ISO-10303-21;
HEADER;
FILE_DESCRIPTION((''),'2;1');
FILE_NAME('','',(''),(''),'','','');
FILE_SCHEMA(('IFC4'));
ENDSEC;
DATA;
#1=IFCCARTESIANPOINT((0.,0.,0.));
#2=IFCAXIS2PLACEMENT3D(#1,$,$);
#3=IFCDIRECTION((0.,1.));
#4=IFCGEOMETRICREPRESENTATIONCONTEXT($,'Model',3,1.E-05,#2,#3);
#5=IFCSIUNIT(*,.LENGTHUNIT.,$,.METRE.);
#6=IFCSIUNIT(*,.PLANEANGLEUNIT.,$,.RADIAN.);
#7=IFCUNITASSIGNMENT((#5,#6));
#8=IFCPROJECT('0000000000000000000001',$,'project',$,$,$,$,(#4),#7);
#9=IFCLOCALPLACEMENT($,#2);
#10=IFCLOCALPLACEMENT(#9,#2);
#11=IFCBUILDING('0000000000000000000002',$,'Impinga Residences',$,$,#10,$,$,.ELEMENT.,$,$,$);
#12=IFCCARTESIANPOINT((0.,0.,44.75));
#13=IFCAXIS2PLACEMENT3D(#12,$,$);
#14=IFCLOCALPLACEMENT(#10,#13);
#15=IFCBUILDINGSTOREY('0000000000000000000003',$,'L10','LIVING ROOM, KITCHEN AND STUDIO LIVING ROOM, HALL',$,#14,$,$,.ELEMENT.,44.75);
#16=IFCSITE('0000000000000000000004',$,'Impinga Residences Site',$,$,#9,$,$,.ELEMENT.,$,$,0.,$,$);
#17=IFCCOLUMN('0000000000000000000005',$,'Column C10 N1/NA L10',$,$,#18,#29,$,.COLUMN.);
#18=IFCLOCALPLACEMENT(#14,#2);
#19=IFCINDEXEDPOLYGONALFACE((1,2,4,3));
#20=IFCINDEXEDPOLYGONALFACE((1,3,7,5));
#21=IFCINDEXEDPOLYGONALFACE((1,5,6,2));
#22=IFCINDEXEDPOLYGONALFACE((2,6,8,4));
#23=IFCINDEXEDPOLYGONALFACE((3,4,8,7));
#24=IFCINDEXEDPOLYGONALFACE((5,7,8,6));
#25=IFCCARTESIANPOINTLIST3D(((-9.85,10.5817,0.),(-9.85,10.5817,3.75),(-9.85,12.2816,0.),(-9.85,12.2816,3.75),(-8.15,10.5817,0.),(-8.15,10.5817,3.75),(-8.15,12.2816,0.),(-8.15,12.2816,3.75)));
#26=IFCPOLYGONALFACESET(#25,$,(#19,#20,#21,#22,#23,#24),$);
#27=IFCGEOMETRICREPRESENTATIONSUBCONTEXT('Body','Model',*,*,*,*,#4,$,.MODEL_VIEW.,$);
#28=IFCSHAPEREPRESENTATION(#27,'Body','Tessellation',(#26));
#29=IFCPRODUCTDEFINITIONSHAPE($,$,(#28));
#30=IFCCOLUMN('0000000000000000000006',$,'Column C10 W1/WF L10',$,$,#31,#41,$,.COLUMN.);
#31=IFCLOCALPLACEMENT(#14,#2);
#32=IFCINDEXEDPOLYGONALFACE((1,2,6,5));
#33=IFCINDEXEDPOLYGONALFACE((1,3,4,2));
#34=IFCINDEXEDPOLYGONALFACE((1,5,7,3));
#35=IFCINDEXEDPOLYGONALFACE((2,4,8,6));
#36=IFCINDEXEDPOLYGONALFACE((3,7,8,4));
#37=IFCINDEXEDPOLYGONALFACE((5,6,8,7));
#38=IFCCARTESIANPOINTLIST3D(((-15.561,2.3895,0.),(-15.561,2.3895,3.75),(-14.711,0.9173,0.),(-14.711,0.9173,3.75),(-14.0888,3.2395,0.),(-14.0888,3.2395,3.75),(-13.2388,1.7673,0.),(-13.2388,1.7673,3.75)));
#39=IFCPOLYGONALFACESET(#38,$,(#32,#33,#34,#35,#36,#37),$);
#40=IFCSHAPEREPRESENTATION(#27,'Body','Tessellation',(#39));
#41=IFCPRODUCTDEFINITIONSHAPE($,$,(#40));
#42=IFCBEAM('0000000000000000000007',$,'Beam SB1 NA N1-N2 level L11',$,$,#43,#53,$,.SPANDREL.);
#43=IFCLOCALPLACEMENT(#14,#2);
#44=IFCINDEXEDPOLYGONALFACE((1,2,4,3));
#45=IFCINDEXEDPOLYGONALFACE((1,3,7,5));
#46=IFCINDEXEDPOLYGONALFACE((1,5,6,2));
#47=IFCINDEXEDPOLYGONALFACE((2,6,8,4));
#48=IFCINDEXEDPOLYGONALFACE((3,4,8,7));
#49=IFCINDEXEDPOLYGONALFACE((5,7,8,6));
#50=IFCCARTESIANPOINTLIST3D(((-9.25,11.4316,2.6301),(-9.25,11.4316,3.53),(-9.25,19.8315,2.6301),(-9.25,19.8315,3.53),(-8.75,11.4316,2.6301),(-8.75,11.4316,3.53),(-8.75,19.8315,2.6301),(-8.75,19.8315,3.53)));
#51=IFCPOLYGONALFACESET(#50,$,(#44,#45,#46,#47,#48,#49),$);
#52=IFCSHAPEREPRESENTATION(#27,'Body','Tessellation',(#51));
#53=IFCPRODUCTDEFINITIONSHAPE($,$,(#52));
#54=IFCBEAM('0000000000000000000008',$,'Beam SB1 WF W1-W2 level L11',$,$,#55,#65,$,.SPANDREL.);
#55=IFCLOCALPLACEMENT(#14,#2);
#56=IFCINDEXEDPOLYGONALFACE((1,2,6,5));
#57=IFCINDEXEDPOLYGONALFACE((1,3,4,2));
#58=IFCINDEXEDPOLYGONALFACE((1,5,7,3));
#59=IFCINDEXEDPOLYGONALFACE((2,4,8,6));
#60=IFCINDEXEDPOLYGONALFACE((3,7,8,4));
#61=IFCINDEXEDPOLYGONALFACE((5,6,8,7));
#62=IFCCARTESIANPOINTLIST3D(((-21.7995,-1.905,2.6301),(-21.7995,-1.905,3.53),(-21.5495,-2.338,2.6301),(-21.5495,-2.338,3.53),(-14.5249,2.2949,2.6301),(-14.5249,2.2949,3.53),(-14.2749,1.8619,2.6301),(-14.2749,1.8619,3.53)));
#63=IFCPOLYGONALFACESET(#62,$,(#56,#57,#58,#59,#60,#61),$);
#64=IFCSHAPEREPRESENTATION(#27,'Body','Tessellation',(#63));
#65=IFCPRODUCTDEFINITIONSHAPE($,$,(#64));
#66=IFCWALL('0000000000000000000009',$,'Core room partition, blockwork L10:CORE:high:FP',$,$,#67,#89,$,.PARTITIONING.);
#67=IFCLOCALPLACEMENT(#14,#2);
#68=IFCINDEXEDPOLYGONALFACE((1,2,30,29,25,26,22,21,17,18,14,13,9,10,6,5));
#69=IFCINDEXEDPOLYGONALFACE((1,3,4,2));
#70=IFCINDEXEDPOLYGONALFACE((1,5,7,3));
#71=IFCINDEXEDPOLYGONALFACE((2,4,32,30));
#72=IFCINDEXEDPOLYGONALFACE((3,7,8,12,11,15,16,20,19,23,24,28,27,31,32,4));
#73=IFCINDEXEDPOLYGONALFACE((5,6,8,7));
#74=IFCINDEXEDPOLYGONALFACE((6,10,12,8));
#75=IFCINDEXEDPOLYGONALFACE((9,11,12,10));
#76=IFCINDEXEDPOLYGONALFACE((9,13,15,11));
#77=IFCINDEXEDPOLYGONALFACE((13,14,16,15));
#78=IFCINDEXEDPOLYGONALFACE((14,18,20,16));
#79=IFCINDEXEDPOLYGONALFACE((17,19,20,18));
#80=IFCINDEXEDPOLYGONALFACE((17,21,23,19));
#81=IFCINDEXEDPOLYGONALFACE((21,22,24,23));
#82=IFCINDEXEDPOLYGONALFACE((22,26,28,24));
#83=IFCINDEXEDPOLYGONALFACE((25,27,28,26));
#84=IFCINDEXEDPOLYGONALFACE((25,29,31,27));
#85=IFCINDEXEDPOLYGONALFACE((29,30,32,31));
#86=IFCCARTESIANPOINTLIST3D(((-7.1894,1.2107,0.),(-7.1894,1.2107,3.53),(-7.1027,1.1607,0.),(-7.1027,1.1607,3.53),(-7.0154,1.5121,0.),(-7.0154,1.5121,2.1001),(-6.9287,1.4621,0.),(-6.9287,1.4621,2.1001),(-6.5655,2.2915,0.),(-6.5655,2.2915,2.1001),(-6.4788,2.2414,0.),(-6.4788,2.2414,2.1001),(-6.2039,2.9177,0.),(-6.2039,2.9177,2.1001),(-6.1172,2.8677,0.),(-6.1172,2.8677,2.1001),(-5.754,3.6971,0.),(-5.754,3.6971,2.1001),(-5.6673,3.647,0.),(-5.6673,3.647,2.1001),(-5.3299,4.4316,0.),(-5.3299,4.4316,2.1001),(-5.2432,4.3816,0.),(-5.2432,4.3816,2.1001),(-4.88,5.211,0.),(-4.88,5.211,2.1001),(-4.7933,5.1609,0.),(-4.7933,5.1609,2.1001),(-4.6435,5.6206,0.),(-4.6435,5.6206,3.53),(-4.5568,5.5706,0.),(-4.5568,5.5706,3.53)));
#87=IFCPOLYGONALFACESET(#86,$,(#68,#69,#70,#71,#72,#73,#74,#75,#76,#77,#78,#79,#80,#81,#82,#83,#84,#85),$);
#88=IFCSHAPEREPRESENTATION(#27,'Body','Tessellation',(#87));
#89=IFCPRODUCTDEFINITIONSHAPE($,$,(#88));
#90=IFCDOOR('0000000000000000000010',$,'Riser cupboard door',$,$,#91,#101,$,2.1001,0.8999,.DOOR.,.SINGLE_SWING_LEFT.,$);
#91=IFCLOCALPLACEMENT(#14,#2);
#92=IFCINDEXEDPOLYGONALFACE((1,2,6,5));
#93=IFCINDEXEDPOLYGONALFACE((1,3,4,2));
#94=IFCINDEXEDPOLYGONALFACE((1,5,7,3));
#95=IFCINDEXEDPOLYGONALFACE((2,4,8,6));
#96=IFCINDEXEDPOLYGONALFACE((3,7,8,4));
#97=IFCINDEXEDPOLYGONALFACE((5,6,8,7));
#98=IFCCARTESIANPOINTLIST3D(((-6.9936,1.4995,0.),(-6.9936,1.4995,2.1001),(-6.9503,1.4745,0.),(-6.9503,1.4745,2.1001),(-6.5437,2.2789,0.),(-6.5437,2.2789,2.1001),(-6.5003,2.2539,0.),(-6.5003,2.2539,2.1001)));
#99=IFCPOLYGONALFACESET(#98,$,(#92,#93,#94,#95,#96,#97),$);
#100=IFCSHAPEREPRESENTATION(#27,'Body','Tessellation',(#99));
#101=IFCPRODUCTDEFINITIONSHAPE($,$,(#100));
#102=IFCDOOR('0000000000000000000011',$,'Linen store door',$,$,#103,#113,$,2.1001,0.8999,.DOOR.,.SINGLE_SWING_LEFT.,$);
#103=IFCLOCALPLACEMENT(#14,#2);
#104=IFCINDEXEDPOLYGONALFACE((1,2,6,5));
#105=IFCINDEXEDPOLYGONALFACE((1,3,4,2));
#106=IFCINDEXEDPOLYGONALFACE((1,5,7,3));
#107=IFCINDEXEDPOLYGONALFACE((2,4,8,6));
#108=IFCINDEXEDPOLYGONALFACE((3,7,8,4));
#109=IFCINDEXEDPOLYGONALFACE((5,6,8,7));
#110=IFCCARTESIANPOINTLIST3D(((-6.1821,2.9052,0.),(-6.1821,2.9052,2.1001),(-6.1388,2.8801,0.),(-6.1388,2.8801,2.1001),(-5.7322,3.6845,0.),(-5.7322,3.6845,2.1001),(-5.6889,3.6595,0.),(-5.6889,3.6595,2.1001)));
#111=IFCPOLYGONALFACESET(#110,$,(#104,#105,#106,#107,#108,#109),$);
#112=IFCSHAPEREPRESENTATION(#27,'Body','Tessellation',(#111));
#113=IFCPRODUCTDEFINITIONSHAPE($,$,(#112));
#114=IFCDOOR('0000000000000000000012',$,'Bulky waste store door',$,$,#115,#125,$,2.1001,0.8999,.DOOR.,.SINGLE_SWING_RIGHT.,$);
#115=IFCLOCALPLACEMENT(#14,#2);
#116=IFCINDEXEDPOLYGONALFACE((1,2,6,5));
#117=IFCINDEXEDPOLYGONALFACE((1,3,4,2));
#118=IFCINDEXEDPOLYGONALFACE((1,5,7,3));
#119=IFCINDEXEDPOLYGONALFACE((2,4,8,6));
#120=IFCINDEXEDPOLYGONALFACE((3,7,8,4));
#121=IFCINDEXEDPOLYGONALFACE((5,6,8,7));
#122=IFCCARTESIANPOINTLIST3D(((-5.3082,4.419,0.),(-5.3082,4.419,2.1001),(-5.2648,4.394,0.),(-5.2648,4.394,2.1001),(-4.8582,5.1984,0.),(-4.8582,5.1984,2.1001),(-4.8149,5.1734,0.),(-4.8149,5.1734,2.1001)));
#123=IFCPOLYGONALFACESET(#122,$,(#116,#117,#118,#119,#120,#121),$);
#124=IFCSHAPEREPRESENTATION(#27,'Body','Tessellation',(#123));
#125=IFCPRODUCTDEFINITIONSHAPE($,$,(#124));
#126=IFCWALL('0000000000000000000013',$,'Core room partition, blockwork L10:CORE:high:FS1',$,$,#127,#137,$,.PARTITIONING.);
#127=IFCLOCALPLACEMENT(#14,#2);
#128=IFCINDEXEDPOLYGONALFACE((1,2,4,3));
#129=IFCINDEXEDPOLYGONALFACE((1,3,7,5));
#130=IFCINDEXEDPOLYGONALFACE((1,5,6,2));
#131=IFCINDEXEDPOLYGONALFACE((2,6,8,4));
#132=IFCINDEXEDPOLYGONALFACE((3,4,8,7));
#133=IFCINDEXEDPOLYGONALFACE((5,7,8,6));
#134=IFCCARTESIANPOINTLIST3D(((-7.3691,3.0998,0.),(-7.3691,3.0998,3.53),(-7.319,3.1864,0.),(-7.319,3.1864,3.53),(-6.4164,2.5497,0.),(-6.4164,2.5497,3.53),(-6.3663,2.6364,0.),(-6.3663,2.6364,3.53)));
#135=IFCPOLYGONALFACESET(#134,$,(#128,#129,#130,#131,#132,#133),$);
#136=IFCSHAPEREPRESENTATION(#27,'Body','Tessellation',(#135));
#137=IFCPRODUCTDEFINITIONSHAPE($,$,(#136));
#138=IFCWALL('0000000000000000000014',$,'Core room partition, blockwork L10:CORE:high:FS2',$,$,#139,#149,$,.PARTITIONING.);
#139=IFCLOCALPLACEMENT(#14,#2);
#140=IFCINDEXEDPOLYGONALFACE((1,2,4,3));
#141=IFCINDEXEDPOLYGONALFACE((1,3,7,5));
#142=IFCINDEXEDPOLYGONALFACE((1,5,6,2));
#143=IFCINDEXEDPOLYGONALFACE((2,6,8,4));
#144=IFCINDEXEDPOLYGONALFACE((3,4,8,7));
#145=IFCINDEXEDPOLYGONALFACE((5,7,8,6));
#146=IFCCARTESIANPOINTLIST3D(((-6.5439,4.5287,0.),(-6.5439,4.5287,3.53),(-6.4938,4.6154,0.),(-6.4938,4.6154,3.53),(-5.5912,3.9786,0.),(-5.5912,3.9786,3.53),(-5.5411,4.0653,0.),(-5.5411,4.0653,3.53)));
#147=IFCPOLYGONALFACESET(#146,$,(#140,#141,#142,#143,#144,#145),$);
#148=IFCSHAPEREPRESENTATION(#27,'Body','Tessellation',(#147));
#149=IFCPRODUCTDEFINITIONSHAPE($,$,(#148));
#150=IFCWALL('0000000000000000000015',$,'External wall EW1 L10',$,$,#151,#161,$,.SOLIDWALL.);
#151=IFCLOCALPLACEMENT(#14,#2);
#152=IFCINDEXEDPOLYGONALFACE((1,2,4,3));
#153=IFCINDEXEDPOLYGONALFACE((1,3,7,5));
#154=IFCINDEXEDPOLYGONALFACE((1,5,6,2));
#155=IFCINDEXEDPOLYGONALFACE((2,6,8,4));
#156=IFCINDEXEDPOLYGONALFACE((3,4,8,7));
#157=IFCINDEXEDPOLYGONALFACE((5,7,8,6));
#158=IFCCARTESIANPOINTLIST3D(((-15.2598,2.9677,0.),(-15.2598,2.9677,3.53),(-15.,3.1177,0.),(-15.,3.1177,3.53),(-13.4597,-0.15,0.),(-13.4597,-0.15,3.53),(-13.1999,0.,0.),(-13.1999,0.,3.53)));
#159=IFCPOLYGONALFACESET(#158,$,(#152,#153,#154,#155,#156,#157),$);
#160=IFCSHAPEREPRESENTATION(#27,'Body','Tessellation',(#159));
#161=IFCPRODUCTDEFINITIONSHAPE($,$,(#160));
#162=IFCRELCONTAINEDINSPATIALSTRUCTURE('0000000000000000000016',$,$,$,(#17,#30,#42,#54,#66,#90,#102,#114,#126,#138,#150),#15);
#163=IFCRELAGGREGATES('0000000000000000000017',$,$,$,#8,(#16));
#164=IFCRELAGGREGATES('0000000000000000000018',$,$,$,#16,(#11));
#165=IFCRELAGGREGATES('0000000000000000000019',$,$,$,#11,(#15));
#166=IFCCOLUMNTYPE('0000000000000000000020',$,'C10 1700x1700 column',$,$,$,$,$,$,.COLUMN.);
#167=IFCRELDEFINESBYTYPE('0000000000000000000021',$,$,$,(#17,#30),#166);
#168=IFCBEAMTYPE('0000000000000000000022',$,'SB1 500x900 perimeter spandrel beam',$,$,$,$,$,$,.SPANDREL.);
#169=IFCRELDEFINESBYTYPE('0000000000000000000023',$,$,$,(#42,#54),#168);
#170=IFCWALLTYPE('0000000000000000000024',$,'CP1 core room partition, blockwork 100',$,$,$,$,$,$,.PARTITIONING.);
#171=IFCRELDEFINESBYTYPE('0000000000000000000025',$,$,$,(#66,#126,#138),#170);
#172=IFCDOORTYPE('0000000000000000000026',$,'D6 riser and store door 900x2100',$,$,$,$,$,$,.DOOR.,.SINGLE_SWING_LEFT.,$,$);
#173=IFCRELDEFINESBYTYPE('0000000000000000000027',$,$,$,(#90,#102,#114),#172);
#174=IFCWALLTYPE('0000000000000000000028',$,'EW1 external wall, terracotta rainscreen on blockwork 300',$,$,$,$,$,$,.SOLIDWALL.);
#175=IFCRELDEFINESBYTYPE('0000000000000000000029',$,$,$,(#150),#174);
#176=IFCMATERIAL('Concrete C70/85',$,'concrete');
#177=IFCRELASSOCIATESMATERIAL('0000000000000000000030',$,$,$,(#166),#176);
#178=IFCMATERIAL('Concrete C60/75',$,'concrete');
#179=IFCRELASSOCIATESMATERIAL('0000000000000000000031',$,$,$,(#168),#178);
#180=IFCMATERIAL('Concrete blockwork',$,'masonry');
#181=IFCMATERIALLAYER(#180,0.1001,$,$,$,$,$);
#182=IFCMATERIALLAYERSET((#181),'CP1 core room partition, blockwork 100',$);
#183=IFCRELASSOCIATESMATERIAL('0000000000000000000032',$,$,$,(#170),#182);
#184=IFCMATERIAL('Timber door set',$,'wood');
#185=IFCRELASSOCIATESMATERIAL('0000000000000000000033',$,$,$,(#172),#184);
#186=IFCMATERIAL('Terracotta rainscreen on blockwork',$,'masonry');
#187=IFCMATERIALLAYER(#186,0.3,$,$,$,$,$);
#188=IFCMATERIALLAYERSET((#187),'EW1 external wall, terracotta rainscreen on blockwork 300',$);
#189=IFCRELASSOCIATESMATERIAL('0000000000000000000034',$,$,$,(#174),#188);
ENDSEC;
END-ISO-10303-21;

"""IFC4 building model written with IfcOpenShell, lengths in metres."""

from ifc_helpers import new_model, si_unit, direction, frame, frame_2d, origin, origin_2d, place, context, subcontext, project, spatial, rectangle, extrude, material, layer, layer_set, material_profile, profile_set, type_object, element, fill, save


model = new_model("IFC4")

# Units and contexts
model_context = context("Model", 3, precision=1e-05, world=origin(), true_north=direction((0.0, 1.0)))
body_context = subcontext(model_context, "Body", "Model", "MODEL_VIEW")
ifc_project = project(units=[si_unit("LENGTHUNIT", "METRE"), si_unit("PLANEANGLEUNIT", "RADIAN")], contexts=[model_context])

# Site, building, storey
site_placement = place(None, origin())
site = spatial("IfcSite", under=ifc_project, at=site_placement, Name="Impinga Residences Site", CompositionType="ELEMENT", RefElevation=0.0)
building_placement = place(site_placement, origin())
building = spatial("IfcBuilding", under=site, at=building_placement, Name="Impinga Residences", CompositionType="ELEMENT")
storey_placement = place(building_placement, frame((0.0, 0.0, 44.75)))
storey = spatial("IfcBuildingStorey", under=building, at=storey_placement, Name="L10", Description="LIVING ROOM, KITCHEN AND STUDIO LIVING ROOM, HALL", CompositionType="ELEMENT", Elevation=44.75)

# Columns
ifc_material_1 = material(Name="Concrete C70/85", Category="concrete")
ifc_material_profile_1 = material_profile(ifc_material_1, rectangle(XDim=1.7, YDim=1.7, at=origin_2d()), Name="RC 1700x1700")
ifc_profile_set_1 = profile_set([ifc_material_profile_1], Name="Concrete C70/85")
column_type = type_object("IfcColumnType", Name="C10 1700x1700 column", PredefinedType="COLUMN", material=ifc_profile_set_1)
for number, where, z_axis, x_axis, name in (
    (1, (-9.0, 11.4316, 0.0), (0.0, 0.0, 1.0), (1.0, 0.0, 0.0), "Column C10 N1/NA L10"),
    (2, (-14.3999, 2.0784, 0.0), (0.0, 0.0, 1.0), (-0.5, 0.866025, 0.0), "Column C10 W1/WF L10"),
):
    element("IfcColumn", number, at=place(storey_placement, frame(where, z_axis=z_axis, x_axis=x_axis)), inside=storey, type_object=column_type, Name=name, PredefinedType="COLUMN", context=body_context, shape_type="SweptSolid", body=[
        extrude(rectangle(XDim=1.7, YDim=1.7, at=origin_2d()), origin(), (0.0, 0.0, 1.0), 3.75),
    ])

# Beams
ifc_material_2 = material(Name="Concrete C60/75", Category="concrete")
ifc_material_profile_2 = material_profile(ifc_material_2, rectangle(XDim=0.5, YDim=0.8999, at=origin_2d()), Name="RC 500x900")
ifc_profile_set_2 = profile_set([ifc_material_profile_2], Name="Concrete C60/75")
beam_type = type_object("IfcBeamType", Name="SB1 500x900 perimeter spandrel beam", PredefinedType="SPANDREL", material=ifc_profile_set_2)
for number, where, z_axis, x_axis, name in (
    (3, (-9.0, 11.4316, 3.0801), (0.0, 1.0, 0.0), (-1.0, 0.0, 0.0), "Beam SB1 NA N1-N2 level L11"),
    (4, (-14.3999, 2.0784, 3.0801), (-0.866029, -0.499993, 0.0), (0.499993, -0.866029, 0.0), "Beam SB1 WF W1-W2 level L11"),
):
    element("IfcBeam", number, at=place(storey_placement, frame(where, z_axis=z_axis, x_axis=x_axis)), inside=storey, type_object=beam_type, Name=name, PredefinedType="SPANDREL", context=body_context, shape_type="SweptSolid", body=[
        extrude(rectangle(XDim=0.5, YDim=0.8999, at=origin_2d()), origin(), (0.0, 0.0, 1.0), 8.3999),
    ])

# Wall, openings, doors
ifc_material_3 = material(Name="Concrete blockwork", Category="masonry")
ifc_layer_1 = layer(ifc_material_3, 0.1001)
ifc_layer_set_1 = layer_set([ifc_layer_1], Name="CP1 core room partition, blockwork 100")
wall_type_1 = type_object("IfcWallType", Name="CP1 core room partition, blockwork 100", PredefinedType="PARTITIONING", material=ifc_layer_set_1)
wall_1_placement = place(storey_placement, frame((-7.146, 1.1858, 0.0), z_axis=(0.0, 0.0, 1.0), x_axis=(0.499976, 0.866039, 0.0)))
wall_1 = element("IfcWall", 5, at=wall_1_placement, inside=storey, type_object=wall_type_1, Name="Core room partition, blockwork L10:CORE:high:FP", PredefinedType="PARTITIONING", context=body_context, shape_type="SweptSolid", body=[
    extrude(rectangle(XDim=5.092, YDim=0.1001, at=frame_2d((2.5459, 0.0))), origin(), (0.0, 0.0, 1.0), 3.53),
])
opening_1_placement = place(wall_1_placement, frame((0.3479, 0.0, 0.0)))
opening_1 = element("IfcOpeningElement", 6, at=opening_1_placement, cuts=wall_1, PredefinedType="OPENING", context=body_context, shape_type="SweptSolid", body=[
    extrude(rectangle(XDim=0.8999, YDim=2.1001, at=frame_2d((0.45, 1.05))), frame((0.0, 0.0601, 0.0), z_axis=(0.0, -1.0, 0.0), x_axis=(1.0, 0.0, 0.0)), (0.0, 0.0, 1.0), 0.1201),
])
opening_2_placement = place(wall_1_placement, frame((1.9709, 0.0, 0.0)))
opening_2 = element("IfcOpeningElement", 7, at=opening_2_placement, cuts=wall_1, PredefinedType="OPENING", context=body_context, shape_type="SweptSolid", body=[
    extrude(rectangle(XDim=0.8999, YDim=2.1001, at=frame_2d((0.45, 1.05))), frame((0.0, 0.0601, 0.0), z_axis=(0.0, -1.0, 0.0), x_axis=(1.0, 0.0, 0.0)), (0.0, 0.0, 1.0), 0.1201),
])
opening_3_placement = place(wall_1_placement, frame((3.719, 0.0, 0.0)))
opening_3 = element("IfcOpeningElement", 8, at=opening_3_placement, cuts=wall_1, PredefinedType="OPENING", context=body_context, shape_type="SweptSolid", body=[
    extrude(rectangle(XDim=0.8999, YDim=2.1001, at=frame_2d((0.45, 1.05))), frame((0.0, 0.0601, 0.0), z_axis=(0.0, -1.0, 0.0), x_axis=(1.0, 0.0, 0.0)), (0.0, 0.0, 1.0), 0.1201),
])
ifc_material_4 = material(Name="Timber door set", Category="wood")
door_type_1 = type_object("IfcDoorType", Name="D6 riser and store door 900x2100", OperationType="SINGLE_SWING_LEFT", PredefinedType="DOOR", material=ifc_material_4)
door_1_placement = place(opening_1_placement, origin())
door_1 = element("IfcDoor", 9, at=door_1_placement, inside=storey, type_object=door_type_1, Name="Riser cupboard door", OperationType="SINGLE_SWING_LEFT", OverallHeight=2.1001, OverallWidth=0.8999, PredefinedType="DOOR", context=body_context, shape_type="SweptSolid", body=[
    extrude(rectangle(XDim=0.8999, YDim=2.1001, at=frame_2d((0.45, 1.05))), frame((0.0, 0.0249, 0.0), z_axis=(0.0, -1.0, 0.0), x_axis=(1.0, 0.0, 0.0)), (0.0, 0.0, 1.0), 0.05),
])
fill(opening_1, door_1)
door_2_placement = place(opening_2_placement, origin())
door_2 = element("IfcDoor", 10, at=door_2_placement, inside=storey, type_object=door_type_1, Name="Linen store door", OperationType="SINGLE_SWING_LEFT", OverallHeight=2.1001, OverallWidth=0.8999, PredefinedType="DOOR", context=body_context, shape_type="SweptSolid", body=[
    extrude(rectangle(XDim=0.8999, YDim=2.1001, at=frame_2d((0.45, 1.05))), frame((0.0, 0.0249, 0.0), z_axis=(0.0, -1.0, 0.0), x_axis=(1.0, 0.0, 0.0)), (0.0, 0.0, 1.0), 0.05),
])
fill(opening_2, door_2)
door_3_placement = place(opening_3_placement, origin())
door_3 = element("IfcDoor", 11, at=door_3_placement, inside=storey, type_object=door_type_1, Name="Bulky waste store door", OperationType="SINGLE_SWING_RIGHT", OverallHeight=2.1001, OverallWidth=0.8999, PredefinedType="DOOR", context=body_context, shape_type="SweptSolid", body=[
    extrude(rectangle(XDim=0.8999, YDim=2.1001, at=frame_2d((0.45, 1.05))), frame((0.0, 0.0249, 0.0), z_axis=(0.0, -1.0, 0.0), x_axis=(1.0, 0.0, 0.0)), (0.0, 0.0, 1.0), 0.05),
])
fill(opening_3, door_3)

# Walls
for number, where, z_axis, x_axis, name in (
    (12, (-6.3914, 2.593, 0.0), (0.0, 0.0, 1.0), (-0.866008, 0.50003, 0.0), "Core room partition, blockwork L10:CORE:high:FS1"),
    (13, (-5.5662, 4.022, 0.0), (0.0, 0.0, 1.0), (-0.866008, 0.50003, 0.0), "Core room partition, blockwork L10:CORE:high:FS2"),
):
    element("IfcWall", number, at=place(storey_placement, frame(where, z_axis=z_axis, x_axis=x_axis)), inside=storey, type_object=wall_type_1, Name=name, PredefinedType="PARTITIONING", context=body_context, shape_type="SweptSolid", body=[
        extrude(rectangle(XDim=1.1001, YDim=0.1001, at=frame_2d((0.55, 0.0))), origin(), (0.0, 0.0, 1.0), 3.53),
    ])
ifc_material_5 = material(Name="Terracotta rainscreen on blockwork", Category="masonry")
ifc_layer_2 = layer(ifc_material_5, 0.3)
ifc_layer_set_2 = layer_set([ifc_layer_2], Name="EW1 external wall, terracotta rainscreen on blockwork 300")
wall_type_2 = type_object("IfcWallType", Name="EW1 external wall, terracotta rainscreen on blockwork 300", PredefinedType="SOLIDWALL", material=ifc_layer_set_2)
wall_2_placement = place(storey_placement, frame((-15.1299, 3.0427, 0.0), z_axis=(0.0, 0.0, 1.0), x_axis=(0.500012, -0.866018, 0.0)))
element("IfcWall", 14, at=wall_2_placement, inside=storey, type_object=wall_type_2, Name="External wall EW1 L10", PredefinedType="SOLIDWALL", context=body_context, shape_type="SweptSolid", body=[
    extrude(rectangle(XDim=3.6001, YDim=0.3, at=frame_2d((1.8, 0.0))), origin(), (0.0, 0.0, 1.0), 3.53),
])

save(model, "model.ifc")
